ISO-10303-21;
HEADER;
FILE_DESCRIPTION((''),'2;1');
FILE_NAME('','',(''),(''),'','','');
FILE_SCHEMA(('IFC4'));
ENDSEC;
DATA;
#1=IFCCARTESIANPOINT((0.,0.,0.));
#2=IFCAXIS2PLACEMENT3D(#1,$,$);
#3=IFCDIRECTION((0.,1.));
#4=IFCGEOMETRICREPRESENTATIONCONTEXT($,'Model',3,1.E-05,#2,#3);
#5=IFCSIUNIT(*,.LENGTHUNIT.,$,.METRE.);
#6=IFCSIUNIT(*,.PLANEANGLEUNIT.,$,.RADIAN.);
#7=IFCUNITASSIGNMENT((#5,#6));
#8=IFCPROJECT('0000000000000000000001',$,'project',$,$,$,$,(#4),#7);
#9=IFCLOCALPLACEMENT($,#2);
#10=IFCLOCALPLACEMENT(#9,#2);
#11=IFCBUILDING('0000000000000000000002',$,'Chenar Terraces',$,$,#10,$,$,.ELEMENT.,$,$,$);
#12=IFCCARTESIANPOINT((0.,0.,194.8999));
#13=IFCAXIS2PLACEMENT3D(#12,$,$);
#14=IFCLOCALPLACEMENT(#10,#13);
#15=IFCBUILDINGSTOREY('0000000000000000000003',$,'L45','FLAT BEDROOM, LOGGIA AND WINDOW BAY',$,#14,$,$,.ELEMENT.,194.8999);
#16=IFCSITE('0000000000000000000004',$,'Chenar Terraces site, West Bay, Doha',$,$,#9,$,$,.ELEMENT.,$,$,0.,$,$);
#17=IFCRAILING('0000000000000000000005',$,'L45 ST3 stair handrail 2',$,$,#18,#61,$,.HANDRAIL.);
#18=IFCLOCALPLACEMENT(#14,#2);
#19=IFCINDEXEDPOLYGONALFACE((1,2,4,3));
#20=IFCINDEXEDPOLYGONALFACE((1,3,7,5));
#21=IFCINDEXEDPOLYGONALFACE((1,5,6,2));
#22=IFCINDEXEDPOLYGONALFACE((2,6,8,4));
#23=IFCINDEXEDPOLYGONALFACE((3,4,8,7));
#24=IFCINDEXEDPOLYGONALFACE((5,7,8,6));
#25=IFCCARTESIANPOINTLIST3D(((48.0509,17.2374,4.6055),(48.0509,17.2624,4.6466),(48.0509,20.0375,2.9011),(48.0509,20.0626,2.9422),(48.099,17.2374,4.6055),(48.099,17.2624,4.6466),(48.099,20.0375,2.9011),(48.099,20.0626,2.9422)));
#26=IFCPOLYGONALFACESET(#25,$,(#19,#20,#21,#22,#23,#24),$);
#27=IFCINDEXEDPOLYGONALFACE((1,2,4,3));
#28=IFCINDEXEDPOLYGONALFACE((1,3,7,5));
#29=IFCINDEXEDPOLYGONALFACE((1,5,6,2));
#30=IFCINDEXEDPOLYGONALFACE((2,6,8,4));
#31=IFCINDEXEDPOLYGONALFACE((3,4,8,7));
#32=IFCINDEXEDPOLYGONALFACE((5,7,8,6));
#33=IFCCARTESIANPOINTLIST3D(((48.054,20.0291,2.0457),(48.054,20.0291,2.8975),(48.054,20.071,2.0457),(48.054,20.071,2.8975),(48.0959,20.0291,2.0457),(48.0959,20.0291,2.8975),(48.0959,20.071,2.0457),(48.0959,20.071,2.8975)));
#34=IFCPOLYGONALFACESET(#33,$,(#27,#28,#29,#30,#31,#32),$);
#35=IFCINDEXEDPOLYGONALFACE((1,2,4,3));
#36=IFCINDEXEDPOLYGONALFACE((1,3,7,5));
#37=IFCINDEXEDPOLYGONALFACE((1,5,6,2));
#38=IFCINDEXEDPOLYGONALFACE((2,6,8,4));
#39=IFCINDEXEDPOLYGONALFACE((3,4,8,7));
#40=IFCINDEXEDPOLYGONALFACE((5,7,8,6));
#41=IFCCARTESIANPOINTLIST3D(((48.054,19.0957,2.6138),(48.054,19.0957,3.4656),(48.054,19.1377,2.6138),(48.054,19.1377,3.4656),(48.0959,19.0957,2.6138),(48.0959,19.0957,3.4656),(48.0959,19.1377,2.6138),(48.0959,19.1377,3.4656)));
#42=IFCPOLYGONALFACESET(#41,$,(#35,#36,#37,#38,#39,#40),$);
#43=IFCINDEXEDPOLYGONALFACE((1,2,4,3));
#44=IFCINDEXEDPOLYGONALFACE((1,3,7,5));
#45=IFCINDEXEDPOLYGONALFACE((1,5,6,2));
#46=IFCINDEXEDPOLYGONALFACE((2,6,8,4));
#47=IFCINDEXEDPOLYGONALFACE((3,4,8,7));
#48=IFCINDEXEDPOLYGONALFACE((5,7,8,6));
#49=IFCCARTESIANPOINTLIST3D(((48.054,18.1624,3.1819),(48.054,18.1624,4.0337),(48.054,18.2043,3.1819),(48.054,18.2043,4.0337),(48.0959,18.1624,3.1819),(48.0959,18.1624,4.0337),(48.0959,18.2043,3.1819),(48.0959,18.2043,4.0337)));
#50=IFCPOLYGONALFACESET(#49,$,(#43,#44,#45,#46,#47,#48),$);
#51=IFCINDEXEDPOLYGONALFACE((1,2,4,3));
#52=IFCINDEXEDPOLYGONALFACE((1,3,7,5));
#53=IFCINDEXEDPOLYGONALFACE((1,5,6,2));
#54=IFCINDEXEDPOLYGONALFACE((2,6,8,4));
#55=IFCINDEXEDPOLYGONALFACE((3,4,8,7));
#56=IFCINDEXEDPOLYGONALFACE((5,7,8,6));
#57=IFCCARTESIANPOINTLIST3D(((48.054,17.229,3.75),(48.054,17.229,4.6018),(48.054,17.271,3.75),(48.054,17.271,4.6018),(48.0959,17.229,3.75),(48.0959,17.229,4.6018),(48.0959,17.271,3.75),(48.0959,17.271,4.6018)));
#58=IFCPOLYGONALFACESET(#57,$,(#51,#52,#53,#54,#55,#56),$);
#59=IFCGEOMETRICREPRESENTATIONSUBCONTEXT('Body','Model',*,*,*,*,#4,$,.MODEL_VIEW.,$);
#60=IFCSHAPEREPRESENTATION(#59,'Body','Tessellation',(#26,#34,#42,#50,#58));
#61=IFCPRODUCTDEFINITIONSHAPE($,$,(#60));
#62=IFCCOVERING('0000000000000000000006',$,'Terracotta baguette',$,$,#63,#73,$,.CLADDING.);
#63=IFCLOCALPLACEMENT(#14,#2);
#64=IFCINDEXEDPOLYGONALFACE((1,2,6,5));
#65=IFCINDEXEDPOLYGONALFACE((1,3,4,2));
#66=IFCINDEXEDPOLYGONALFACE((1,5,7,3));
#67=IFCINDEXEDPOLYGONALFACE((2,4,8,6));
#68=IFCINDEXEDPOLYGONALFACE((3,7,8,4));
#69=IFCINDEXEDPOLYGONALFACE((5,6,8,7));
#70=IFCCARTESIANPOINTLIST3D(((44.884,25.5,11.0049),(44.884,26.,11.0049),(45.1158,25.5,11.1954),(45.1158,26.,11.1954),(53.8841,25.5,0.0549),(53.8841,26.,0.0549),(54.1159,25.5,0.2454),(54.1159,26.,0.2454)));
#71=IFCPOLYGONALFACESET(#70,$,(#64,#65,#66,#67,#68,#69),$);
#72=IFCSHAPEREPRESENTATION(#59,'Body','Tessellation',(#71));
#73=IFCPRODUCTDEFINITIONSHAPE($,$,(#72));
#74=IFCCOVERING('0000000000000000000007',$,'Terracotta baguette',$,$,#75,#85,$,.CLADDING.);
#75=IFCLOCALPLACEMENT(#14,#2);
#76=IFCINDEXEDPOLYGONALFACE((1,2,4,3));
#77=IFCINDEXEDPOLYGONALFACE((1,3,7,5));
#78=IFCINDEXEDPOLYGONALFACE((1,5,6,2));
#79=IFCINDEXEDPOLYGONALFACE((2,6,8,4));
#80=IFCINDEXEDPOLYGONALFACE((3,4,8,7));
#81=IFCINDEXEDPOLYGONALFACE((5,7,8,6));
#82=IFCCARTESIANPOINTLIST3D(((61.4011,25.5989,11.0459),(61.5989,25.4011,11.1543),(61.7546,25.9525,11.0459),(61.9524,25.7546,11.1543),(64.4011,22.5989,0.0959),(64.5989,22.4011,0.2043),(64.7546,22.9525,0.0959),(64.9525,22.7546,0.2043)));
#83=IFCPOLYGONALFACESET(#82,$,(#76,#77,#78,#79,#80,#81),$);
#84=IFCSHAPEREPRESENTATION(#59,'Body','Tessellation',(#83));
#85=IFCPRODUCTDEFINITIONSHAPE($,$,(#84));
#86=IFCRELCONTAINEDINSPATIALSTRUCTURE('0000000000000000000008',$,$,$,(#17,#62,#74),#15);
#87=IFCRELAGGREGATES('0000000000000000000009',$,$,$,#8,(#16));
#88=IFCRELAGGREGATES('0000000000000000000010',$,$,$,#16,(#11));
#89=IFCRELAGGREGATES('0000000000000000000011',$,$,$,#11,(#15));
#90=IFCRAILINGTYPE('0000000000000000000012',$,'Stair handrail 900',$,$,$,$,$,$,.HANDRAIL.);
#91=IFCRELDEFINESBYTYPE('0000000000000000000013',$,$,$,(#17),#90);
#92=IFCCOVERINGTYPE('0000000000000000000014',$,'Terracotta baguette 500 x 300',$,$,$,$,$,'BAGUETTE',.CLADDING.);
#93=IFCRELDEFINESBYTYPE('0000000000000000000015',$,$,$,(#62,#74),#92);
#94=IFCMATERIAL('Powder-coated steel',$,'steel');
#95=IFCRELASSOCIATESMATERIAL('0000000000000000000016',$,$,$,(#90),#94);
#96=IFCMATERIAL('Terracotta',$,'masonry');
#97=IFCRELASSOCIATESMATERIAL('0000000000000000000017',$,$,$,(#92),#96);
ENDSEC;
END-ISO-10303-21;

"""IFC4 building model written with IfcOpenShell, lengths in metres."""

from ifc_helpers import new_model, si_unit, direction, frame, origin, origin_2d, place, context, subcontext, project, spatial, rectangle, extrude, material, material_profile, profile_set, type_object, element, save


model = new_model("IFC4")

# Units and contexts
model_context = context("Model", 3, precision=1e-05, world=origin(), true_north=direction((0.0, 1.0)))
body_context = subcontext(model_context, "Body", "Model", "MODEL_VIEW")
ifc_project = project(units=[si_unit("LENGTHUNIT", "METRE"), si_unit("PLANEANGLEUNIT", "RADIAN")], contexts=[model_context])

# Site, building, storey
site_placement = place(None, origin())
site = spatial("IfcSite", under=ifc_project, at=site_placement, Name="Chenar Terraces site, West Bay, Doha", CompositionType="ELEMENT", RefElevation=0.0)
building_placement = place(site_placement, origin())
building = spatial("IfcBuilding", under=site, at=building_placement, Name="Chenar Terraces", CompositionType="ELEMENT")
storey_placement = place(building_placement, frame((0.0, 0.0, 194.8999)))
storey = spatial("IfcBuildingStorey", under=building, at=storey_placement, Name="L45", Description="FLAT BEDROOM, LOGGIA AND WINDOW BAY", CompositionType="ELEMENT", Elevation=194.8999)

# Railing
ifc_material_1 = material(Name="Powder-coated steel", Category="steel")
railing_type_1 = type_object("IfcRailingType", Name="Stair handrail 900", PredefinedType="HANDRAIL", material=ifc_material_1)
railing_1_placement = place(storey_placement, frame((48.075, 20.05, 2.0457)))
element("IfcRailing", 1, at=railing_1_placement, inside=storey, type_object=railing_type_1, Name="L45 ST3 stair handrail 2", PredefinedType="HANDRAIL", context=body_context, shape_type="SweptSolid", body=[
    extrude(rectangle(XDim=0.0481, YDim=0.0481, at=origin_2d()), frame((0.0, 0.0, 0.876), z_axis=(0.0, -0.854203, 0.51994), x_axis=(1.0, 0.0, 0.0)), (0.0, 0.0, 1.0), 3.2781),
    extrude(rectangle(XDim=0.042, YDim=0.042, at=origin_2d()), origin(), (0.0, 0.0, 1.0), 0.8518),
    extrude(rectangle(XDim=0.042, YDim=0.042, at=origin_2d()), frame((0.0, -0.9333, 0.5681)), (0.0, 0.0, 1.0), 0.8518),
    extrude(rectangle(XDim=0.042, YDim=0.042, at=origin_2d()), frame((0.0, -1.8667, 1.1362)), (0.0, 0.0, 1.0), 0.8518),
    extrude(rectangle(XDim=0.042, YDim=0.042, at=origin_2d()), frame((0.0, -2.8, 1.7043)), (0.0, 0.0, 1.0), 0.8518),
])

# Coverings
ifc_material_2 = material(Name="Terracotta", Category="masonry")
ifc_material_profile_1 = material_profile(ifc_material_2, rectangle(XDim=0.5, YDim=0.3, at=origin_2d()), Name="Terracotta baguette 500 x 300")
ifc_profile_set_1 = profile_set([ifc_material_profile_1], Name="Terracotta")
covering_type = type_object("IfcCoveringType", Name="Terracotta baguette 500 x 300", ElementType="BAGUETTE", PredefinedType="CLADDING", material=ifc_profile_set_1)
covering_1_placement = place(storey_placement, frame((54.0, 25.75, 0.1501), z_axis=(-0.634967, 0.0, 0.772539), x_axis=(0.0, -1.0, 0.0)))
element("IfcCovering", 2, at=covering_1_placement, inside=storey, type_object=covering_type, Name="Terracotta baguette", PredefinedType="CLADDING", context=body_context, shape_type="SweptSolid", body=[
    extrude(rectangle(XDim=0.5, YDim=0.3, at=origin_2d()), origin(), (0.0, 0.0, 1.0), 14.1741),
])
covering_2_placement = place(storey_placement, frame((64.6768, 22.6768, 0.1501), z_axis=(-0.255468, 0.255468, 0.932455), x_axis=(-0.707107, -0.707107, 0.0)))
element("IfcCovering", 3, at=covering_2_placement, inside=storey, type_object=covering_type, Name="Terracotta baguette", PredefinedType="CLADDING", context=body_context, shape_type="SweptSolid", body=[
    extrude(rectangle(XDim=0.5, YDim=0.3, at=origin_2d()), origin(), (0.0, 0.0, 1.0), 11.7432),
])

save(model, "model.ifc")
